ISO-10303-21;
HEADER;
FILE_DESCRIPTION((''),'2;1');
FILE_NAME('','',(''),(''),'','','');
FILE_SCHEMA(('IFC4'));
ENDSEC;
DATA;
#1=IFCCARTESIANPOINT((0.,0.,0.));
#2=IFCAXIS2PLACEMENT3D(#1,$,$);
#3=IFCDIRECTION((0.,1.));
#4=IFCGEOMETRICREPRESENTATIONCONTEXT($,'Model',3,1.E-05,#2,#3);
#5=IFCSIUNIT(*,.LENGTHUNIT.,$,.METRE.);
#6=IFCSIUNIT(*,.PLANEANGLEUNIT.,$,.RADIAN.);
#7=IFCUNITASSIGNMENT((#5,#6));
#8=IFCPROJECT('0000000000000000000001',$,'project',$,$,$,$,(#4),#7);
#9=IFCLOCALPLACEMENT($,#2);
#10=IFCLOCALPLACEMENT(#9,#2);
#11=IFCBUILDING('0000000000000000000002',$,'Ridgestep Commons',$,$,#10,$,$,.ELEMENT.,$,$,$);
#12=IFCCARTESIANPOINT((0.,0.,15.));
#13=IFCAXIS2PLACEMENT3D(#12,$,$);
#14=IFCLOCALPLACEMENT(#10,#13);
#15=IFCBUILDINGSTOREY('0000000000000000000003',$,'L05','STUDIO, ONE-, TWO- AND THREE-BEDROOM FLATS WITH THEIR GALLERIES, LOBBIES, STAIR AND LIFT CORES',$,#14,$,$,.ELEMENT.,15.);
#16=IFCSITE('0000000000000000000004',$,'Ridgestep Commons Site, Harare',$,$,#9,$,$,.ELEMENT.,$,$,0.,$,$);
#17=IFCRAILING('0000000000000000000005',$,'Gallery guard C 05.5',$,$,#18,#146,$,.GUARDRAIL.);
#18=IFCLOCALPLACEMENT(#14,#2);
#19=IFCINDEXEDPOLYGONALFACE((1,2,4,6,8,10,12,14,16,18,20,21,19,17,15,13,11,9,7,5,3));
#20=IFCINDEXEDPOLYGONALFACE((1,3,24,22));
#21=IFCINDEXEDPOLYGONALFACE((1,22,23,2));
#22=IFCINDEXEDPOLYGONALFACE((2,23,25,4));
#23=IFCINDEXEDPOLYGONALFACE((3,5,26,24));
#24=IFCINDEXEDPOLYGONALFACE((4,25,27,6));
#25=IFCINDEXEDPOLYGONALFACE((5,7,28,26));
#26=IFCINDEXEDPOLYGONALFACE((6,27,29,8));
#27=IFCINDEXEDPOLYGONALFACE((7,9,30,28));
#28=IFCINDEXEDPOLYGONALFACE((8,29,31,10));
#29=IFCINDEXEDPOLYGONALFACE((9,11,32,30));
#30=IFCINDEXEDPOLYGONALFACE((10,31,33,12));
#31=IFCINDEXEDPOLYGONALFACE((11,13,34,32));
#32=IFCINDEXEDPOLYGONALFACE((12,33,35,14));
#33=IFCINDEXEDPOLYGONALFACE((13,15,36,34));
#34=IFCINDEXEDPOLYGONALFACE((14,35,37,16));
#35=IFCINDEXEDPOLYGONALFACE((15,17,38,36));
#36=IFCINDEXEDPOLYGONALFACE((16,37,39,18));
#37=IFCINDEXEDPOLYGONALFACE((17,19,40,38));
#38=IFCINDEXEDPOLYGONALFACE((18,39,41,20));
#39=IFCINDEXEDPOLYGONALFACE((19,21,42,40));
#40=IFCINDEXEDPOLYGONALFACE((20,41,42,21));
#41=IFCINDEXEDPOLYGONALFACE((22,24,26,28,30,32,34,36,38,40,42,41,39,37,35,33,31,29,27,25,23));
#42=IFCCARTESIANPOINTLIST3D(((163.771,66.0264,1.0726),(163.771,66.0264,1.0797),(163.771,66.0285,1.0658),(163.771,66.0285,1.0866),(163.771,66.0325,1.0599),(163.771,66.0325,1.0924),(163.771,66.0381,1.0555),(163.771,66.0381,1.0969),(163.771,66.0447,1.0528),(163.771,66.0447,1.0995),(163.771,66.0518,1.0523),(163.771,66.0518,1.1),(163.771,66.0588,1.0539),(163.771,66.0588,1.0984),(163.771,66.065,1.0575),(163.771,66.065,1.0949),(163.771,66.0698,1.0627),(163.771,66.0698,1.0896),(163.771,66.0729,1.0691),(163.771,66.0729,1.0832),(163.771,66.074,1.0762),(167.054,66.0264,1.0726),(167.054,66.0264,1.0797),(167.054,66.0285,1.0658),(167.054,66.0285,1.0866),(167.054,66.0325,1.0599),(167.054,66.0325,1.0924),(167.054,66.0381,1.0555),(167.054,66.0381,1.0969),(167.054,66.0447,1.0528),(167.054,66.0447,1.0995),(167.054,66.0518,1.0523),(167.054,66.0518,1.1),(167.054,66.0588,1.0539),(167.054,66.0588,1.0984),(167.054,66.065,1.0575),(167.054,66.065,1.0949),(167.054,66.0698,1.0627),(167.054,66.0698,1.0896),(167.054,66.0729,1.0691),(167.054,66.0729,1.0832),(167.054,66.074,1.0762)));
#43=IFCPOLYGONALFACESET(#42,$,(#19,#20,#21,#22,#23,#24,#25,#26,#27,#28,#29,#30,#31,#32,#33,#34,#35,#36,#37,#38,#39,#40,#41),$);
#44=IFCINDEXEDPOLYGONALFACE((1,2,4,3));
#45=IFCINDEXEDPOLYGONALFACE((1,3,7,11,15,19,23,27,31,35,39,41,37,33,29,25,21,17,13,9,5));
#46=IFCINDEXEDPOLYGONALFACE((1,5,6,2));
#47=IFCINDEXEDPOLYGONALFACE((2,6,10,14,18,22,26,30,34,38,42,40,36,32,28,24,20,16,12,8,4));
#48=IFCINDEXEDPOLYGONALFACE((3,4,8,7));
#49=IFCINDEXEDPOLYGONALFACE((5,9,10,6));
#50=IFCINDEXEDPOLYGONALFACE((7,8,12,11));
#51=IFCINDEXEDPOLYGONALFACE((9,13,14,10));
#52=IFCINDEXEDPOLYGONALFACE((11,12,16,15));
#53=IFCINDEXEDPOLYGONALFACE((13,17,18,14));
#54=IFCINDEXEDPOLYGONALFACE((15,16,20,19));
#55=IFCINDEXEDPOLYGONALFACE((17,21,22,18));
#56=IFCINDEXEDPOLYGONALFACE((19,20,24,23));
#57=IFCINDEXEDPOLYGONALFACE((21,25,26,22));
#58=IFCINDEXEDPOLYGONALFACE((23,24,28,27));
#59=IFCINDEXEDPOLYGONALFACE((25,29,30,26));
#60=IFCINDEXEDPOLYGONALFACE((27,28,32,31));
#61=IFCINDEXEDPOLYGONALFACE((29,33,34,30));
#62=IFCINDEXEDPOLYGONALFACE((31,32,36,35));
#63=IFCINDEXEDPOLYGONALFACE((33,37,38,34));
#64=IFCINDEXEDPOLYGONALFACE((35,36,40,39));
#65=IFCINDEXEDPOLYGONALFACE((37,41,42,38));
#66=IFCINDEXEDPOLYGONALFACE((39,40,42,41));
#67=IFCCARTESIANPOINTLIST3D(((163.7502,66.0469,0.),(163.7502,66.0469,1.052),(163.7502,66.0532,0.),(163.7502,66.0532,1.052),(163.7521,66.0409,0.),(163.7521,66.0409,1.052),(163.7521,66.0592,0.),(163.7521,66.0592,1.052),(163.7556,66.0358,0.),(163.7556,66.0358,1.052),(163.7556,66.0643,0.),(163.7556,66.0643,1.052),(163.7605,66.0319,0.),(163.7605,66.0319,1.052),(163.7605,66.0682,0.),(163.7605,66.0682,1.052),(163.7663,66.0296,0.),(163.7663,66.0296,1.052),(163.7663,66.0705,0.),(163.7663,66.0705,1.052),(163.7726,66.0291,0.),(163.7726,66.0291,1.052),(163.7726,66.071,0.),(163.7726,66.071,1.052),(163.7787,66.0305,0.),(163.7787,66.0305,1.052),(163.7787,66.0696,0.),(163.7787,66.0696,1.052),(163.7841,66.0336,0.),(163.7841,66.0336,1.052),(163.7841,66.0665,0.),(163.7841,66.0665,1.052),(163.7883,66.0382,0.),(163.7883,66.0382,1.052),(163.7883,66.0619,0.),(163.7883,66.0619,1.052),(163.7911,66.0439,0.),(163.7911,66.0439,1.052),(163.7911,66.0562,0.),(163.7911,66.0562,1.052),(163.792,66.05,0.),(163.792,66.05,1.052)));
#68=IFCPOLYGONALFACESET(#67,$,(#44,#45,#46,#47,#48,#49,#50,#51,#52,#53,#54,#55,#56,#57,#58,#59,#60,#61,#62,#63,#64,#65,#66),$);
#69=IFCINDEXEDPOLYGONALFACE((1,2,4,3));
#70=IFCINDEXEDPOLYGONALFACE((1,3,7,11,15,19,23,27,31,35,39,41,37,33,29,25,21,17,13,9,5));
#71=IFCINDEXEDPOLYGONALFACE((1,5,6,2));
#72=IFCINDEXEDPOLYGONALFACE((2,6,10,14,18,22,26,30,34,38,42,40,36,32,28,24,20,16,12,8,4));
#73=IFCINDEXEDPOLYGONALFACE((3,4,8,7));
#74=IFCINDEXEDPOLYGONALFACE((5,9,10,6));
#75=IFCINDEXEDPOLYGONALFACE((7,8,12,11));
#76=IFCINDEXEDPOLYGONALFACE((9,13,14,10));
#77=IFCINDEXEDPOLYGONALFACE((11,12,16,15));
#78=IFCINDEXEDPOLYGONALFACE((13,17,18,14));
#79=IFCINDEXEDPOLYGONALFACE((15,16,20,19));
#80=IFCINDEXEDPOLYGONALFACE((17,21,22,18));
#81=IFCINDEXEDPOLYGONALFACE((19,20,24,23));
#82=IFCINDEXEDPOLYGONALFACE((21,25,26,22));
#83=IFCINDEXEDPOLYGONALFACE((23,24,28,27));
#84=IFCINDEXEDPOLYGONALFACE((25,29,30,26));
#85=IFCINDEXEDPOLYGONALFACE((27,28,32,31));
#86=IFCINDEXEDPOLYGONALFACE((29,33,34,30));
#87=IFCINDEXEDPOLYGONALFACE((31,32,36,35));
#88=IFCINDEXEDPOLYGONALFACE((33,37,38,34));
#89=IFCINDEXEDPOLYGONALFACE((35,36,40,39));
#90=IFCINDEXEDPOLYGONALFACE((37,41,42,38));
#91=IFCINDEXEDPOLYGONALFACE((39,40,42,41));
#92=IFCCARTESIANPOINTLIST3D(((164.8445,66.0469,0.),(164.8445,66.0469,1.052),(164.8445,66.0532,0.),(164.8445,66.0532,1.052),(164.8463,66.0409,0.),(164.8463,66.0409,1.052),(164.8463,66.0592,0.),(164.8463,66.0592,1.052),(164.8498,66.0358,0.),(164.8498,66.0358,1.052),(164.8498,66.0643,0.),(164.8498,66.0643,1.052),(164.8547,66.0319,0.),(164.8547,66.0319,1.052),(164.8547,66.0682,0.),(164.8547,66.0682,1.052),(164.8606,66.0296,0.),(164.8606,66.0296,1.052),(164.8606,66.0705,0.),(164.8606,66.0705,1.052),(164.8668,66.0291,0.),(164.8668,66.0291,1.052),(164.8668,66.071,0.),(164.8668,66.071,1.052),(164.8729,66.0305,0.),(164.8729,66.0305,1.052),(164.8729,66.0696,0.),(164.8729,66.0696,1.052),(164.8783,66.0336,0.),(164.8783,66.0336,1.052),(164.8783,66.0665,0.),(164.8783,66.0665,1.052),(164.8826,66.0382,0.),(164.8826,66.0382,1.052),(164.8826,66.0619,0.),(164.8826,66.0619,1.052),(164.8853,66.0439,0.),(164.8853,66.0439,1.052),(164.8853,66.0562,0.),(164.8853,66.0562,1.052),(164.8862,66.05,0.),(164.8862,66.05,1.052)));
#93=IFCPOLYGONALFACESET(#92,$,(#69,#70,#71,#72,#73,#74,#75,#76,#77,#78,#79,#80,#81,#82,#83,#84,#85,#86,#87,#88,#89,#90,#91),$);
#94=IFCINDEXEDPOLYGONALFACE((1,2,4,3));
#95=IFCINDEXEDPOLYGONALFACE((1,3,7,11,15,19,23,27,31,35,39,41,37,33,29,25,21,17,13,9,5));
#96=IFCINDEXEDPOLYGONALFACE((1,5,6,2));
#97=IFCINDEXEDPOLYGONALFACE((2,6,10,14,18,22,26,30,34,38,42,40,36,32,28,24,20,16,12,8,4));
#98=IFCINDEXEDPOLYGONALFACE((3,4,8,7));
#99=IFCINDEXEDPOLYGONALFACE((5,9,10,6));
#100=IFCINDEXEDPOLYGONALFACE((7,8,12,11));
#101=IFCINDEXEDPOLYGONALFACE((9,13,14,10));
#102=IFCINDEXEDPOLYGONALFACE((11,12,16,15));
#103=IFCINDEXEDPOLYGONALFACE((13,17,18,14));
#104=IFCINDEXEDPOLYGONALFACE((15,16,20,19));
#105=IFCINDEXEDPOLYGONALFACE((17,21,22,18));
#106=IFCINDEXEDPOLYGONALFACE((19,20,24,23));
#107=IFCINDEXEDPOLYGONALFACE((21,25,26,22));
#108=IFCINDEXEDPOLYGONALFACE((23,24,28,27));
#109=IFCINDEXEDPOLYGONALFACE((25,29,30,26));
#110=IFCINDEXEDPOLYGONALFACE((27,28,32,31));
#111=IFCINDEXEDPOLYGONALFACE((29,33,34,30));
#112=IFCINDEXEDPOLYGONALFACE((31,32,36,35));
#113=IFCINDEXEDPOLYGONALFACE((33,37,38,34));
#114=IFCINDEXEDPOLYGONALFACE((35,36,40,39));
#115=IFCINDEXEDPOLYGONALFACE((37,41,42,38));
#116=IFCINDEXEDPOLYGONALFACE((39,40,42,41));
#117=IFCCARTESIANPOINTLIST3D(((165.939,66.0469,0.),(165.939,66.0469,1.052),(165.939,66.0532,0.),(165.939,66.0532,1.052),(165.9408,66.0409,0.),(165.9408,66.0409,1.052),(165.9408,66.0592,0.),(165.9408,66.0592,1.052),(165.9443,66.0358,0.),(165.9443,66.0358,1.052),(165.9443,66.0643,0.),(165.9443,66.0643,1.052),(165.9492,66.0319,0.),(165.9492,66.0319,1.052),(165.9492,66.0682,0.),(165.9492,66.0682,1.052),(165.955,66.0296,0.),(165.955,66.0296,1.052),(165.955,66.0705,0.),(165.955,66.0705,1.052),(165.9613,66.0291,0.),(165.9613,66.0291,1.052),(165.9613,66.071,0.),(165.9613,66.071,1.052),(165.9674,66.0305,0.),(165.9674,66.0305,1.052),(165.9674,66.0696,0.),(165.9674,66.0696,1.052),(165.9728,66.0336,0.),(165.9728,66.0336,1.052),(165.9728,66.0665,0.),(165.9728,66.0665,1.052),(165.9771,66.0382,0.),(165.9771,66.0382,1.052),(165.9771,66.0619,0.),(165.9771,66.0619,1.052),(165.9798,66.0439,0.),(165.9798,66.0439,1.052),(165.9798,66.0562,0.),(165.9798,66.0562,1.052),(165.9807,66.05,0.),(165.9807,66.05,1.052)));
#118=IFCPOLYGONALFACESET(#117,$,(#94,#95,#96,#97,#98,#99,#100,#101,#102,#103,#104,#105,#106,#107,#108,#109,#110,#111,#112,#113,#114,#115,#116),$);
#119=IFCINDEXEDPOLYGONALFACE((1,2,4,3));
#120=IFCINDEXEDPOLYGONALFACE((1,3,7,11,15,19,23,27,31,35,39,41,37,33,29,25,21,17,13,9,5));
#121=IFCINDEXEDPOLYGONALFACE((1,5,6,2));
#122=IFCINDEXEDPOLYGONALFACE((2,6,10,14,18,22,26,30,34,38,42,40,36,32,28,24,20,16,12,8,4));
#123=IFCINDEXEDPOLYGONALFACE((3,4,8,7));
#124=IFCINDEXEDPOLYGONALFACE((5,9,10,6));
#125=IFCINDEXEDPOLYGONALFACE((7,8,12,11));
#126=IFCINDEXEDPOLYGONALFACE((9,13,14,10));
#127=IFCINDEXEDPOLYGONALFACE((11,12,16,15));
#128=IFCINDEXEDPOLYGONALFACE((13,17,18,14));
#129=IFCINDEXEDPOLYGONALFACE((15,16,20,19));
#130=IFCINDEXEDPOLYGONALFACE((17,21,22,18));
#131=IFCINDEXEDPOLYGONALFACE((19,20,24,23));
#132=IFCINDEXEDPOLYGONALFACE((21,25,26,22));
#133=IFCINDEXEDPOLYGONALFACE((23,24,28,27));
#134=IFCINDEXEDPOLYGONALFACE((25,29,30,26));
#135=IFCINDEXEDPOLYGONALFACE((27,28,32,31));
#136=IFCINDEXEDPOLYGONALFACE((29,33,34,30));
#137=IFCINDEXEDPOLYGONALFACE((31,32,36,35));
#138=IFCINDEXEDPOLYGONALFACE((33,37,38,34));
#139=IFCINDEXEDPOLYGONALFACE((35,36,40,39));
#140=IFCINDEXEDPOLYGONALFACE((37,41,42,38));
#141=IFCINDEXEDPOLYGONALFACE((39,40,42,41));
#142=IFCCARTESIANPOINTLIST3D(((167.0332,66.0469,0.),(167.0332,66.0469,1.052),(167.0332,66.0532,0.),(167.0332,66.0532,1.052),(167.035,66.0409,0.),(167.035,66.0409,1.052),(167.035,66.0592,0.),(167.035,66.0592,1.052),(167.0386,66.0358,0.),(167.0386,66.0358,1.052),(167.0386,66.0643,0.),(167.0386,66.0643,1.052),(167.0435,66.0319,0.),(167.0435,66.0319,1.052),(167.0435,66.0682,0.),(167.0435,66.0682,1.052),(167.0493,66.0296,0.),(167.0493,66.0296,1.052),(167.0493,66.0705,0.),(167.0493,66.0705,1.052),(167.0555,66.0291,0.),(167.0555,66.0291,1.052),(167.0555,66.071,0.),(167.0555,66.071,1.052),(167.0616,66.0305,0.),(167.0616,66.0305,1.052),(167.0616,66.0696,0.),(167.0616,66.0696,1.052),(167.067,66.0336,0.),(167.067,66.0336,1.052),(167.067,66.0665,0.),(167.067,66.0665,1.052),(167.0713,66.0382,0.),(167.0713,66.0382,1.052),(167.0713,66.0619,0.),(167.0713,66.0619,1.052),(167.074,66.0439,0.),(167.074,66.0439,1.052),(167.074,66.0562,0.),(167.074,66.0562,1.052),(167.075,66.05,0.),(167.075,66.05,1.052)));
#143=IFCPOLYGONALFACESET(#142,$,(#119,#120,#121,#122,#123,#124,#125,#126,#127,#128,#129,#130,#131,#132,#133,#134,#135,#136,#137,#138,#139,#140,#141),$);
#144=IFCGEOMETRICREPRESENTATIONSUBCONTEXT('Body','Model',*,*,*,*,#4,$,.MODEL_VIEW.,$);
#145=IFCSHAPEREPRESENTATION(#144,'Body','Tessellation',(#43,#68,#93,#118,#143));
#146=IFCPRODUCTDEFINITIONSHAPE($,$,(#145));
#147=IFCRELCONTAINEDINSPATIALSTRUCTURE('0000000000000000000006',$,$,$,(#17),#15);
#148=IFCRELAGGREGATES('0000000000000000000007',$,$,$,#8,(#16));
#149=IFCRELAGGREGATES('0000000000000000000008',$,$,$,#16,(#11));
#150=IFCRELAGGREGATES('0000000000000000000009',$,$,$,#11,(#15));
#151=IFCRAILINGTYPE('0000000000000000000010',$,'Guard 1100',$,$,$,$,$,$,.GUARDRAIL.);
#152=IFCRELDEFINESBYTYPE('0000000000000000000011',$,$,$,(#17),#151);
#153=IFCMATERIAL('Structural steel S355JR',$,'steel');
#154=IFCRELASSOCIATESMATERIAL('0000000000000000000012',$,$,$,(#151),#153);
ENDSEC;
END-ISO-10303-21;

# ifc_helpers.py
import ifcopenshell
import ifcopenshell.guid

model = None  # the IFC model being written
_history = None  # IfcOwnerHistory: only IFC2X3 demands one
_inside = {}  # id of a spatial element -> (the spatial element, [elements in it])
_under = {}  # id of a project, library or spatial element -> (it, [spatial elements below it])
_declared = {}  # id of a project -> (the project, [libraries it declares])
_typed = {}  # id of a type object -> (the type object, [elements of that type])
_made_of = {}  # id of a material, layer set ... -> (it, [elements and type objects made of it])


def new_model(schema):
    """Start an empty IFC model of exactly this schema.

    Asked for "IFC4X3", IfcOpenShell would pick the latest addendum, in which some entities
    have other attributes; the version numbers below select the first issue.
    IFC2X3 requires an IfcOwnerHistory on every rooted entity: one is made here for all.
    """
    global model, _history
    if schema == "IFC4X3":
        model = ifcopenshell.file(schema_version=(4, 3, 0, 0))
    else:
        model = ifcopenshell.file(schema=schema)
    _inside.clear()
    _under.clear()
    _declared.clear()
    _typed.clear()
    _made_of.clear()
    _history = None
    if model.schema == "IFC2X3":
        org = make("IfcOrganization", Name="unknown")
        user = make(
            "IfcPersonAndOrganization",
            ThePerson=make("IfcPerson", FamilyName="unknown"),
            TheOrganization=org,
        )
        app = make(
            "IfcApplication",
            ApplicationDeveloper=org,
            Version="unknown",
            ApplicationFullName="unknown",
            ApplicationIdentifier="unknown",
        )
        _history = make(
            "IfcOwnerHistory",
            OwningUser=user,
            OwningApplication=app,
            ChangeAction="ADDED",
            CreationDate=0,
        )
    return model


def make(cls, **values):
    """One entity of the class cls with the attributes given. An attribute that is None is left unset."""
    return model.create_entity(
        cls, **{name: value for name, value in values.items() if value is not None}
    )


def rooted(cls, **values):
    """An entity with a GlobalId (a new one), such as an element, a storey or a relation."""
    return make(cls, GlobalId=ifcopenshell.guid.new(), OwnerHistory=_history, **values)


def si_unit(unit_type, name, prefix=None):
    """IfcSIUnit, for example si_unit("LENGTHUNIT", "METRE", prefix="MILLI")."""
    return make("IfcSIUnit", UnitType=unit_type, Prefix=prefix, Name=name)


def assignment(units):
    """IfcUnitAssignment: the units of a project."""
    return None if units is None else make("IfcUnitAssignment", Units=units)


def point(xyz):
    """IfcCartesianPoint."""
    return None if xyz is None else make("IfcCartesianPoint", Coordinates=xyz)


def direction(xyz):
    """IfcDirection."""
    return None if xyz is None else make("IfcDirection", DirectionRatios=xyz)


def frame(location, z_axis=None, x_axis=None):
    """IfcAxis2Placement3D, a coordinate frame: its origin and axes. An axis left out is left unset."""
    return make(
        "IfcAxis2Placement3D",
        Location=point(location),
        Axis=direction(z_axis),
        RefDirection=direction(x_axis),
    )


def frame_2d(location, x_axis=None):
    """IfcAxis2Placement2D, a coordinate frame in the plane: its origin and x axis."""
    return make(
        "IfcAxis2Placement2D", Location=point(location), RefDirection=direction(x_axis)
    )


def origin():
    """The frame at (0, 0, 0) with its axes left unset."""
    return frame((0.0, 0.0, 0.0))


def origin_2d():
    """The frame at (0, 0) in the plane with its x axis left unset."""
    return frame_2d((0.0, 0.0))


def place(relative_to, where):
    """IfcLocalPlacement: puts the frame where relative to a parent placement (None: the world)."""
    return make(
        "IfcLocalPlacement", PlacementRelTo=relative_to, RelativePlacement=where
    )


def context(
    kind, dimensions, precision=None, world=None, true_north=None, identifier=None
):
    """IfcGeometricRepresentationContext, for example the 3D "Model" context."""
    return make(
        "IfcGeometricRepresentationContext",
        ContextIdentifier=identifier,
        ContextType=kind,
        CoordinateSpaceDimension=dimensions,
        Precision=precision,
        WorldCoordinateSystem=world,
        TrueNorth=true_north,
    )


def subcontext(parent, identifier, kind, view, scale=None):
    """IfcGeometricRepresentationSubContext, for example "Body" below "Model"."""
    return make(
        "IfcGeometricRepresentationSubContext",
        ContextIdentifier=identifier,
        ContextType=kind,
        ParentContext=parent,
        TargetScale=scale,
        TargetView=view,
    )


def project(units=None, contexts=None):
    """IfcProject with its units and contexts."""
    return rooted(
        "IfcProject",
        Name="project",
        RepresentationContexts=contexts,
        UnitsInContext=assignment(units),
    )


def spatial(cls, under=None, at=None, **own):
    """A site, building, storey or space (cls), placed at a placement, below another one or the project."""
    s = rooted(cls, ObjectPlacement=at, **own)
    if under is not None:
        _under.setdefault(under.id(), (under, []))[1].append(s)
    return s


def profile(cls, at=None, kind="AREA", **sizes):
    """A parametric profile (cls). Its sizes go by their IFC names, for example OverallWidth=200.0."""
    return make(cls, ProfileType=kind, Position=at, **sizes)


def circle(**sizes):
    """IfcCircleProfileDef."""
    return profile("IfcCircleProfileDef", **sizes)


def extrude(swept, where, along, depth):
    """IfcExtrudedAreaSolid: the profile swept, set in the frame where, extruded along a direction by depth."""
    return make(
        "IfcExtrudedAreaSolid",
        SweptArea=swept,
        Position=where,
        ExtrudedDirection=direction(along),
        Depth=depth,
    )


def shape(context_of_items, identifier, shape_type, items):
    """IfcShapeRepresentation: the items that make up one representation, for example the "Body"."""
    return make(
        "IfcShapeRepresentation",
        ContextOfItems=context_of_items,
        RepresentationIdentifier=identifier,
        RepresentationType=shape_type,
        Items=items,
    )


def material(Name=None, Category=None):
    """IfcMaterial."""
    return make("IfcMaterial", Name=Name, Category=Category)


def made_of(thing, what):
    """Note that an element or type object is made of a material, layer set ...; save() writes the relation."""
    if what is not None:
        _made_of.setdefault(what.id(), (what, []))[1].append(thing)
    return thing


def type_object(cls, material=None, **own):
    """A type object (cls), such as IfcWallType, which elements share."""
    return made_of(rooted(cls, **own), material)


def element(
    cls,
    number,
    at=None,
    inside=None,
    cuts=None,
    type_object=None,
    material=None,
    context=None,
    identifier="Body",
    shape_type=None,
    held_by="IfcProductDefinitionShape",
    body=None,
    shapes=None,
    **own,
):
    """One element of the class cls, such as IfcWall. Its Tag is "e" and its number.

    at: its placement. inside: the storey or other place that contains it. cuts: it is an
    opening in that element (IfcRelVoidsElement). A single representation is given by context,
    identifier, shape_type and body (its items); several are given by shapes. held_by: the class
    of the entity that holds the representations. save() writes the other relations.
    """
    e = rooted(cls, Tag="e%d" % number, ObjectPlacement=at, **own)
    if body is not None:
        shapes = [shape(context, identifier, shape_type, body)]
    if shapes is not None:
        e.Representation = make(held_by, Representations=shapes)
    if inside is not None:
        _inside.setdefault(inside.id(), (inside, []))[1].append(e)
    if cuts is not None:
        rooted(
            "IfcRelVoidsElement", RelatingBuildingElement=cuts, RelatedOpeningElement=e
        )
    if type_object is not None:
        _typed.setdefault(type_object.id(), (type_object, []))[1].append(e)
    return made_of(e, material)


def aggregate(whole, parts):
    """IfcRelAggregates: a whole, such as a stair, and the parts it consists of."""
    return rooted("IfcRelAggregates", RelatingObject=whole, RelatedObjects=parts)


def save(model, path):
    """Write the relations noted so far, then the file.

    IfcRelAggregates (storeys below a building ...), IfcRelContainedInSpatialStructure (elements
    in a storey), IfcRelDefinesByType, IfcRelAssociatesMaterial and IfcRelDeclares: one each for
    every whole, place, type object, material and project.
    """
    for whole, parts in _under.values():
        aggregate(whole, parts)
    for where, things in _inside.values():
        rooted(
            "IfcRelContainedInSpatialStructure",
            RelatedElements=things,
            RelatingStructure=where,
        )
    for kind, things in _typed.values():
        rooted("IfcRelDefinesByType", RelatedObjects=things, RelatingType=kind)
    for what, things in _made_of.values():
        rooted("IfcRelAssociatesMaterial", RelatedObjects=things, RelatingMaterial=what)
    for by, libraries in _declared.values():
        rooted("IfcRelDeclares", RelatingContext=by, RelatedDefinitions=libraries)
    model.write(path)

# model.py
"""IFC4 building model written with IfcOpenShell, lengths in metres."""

from ifc_helpers import new_model, si_unit, direction, frame, origin, origin_2d, place, context, subcontext, project, spatial, circle, extrude, material, type_object, element, save


model = new_model("IFC4")

# Units and contexts
model_context = context("Model", 3, precision=1e-05, world=origin(), true_north=direction((0.0, 1.0)))
body_context = subcontext(model_context, "Body", "Model", "MODEL_VIEW")
ifc_project = project(units=[si_unit("LENGTHUNIT", "METRE"), si_unit("PLANEANGLEUNIT", "RADIAN")], contexts=[model_context])

# Site, building, storey
site_placement = place(None, origin())
site = spatial("IfcSite", under=ifc_project, at=site_placement, Name="Ridgestep Commons Site, Harare", CompositionType="ELEMENT", RefElevation=0.0)
building_placement = place(site_placement, origin())
building = spatial("IfcBuilding", under=site, at=building_placement, Name="Ridgestep Commons", CompositionType="ELEMENT")
storey_placement = place(building_placement, frame((0.0, 0.0, 15.0)))
storey = spatial("IfcBuildingStorey", under=building, at=storey_placement, Name="L05", Description="STUDIO, ONE-, TWO- AND THREE-BEDROOM FLATS WITH THEIR GALLERIES, LOBBIES, STAIR AND LIFT CORES", CompositionType="ELEMENT", Elevation=15.0)

# Railing
ifc_material_1 = material(Name="Structural steel S355JR", Category="steel")
railing_type_1 = type_object("IfcRailingType", Name="Guard 1100", PredefinedType="GUARDRAIL", material=ifc_material_1)
railing_1_placement = place(storey_placement, frame((163.771, 66.05, 0.0)))
element("IfcRailing", 1, at=railing_1_placement, inside=storey, type_object=railing_type_1, Name="Gallery guard C 05.5", PredefinedType="GUARDRAIL", context=body_context, shape_type="SweptSolid", body=[
    extrude(circle(Radius=0.0239, at=origin_2d()), frame((0.0, 0.0, 1.0762), z_axis=(1.0, 0.0, 0.0), x_axis=(0.0, 1.0, 0.0)), (0.0, 0.0, 1.0), 3.283),
    extrude(circle(Radius=0.021, at=origin_2d()), origin(), (0.0, 0.0, 1.0), 1.052),
    extrude(circle(Radius=0.021, at=origin_2d()), frame((1.0942, 0.0, 0.0)), (0.0, 0.0, 1.0), 1.052),
    extrude(circle(Radius=0.021, at=origin_2d()), frame((2.1887, 0.0, 0.0)), (0.0, 0.0, 1.0), 1.052),
    extrude(circle(Radius=0.021, at=origin_2d()), frame((3.283, 0.0, 0.0)), (0.0, 0.0, 1.0), 1.052),
])

save(model, "model.ifc")
